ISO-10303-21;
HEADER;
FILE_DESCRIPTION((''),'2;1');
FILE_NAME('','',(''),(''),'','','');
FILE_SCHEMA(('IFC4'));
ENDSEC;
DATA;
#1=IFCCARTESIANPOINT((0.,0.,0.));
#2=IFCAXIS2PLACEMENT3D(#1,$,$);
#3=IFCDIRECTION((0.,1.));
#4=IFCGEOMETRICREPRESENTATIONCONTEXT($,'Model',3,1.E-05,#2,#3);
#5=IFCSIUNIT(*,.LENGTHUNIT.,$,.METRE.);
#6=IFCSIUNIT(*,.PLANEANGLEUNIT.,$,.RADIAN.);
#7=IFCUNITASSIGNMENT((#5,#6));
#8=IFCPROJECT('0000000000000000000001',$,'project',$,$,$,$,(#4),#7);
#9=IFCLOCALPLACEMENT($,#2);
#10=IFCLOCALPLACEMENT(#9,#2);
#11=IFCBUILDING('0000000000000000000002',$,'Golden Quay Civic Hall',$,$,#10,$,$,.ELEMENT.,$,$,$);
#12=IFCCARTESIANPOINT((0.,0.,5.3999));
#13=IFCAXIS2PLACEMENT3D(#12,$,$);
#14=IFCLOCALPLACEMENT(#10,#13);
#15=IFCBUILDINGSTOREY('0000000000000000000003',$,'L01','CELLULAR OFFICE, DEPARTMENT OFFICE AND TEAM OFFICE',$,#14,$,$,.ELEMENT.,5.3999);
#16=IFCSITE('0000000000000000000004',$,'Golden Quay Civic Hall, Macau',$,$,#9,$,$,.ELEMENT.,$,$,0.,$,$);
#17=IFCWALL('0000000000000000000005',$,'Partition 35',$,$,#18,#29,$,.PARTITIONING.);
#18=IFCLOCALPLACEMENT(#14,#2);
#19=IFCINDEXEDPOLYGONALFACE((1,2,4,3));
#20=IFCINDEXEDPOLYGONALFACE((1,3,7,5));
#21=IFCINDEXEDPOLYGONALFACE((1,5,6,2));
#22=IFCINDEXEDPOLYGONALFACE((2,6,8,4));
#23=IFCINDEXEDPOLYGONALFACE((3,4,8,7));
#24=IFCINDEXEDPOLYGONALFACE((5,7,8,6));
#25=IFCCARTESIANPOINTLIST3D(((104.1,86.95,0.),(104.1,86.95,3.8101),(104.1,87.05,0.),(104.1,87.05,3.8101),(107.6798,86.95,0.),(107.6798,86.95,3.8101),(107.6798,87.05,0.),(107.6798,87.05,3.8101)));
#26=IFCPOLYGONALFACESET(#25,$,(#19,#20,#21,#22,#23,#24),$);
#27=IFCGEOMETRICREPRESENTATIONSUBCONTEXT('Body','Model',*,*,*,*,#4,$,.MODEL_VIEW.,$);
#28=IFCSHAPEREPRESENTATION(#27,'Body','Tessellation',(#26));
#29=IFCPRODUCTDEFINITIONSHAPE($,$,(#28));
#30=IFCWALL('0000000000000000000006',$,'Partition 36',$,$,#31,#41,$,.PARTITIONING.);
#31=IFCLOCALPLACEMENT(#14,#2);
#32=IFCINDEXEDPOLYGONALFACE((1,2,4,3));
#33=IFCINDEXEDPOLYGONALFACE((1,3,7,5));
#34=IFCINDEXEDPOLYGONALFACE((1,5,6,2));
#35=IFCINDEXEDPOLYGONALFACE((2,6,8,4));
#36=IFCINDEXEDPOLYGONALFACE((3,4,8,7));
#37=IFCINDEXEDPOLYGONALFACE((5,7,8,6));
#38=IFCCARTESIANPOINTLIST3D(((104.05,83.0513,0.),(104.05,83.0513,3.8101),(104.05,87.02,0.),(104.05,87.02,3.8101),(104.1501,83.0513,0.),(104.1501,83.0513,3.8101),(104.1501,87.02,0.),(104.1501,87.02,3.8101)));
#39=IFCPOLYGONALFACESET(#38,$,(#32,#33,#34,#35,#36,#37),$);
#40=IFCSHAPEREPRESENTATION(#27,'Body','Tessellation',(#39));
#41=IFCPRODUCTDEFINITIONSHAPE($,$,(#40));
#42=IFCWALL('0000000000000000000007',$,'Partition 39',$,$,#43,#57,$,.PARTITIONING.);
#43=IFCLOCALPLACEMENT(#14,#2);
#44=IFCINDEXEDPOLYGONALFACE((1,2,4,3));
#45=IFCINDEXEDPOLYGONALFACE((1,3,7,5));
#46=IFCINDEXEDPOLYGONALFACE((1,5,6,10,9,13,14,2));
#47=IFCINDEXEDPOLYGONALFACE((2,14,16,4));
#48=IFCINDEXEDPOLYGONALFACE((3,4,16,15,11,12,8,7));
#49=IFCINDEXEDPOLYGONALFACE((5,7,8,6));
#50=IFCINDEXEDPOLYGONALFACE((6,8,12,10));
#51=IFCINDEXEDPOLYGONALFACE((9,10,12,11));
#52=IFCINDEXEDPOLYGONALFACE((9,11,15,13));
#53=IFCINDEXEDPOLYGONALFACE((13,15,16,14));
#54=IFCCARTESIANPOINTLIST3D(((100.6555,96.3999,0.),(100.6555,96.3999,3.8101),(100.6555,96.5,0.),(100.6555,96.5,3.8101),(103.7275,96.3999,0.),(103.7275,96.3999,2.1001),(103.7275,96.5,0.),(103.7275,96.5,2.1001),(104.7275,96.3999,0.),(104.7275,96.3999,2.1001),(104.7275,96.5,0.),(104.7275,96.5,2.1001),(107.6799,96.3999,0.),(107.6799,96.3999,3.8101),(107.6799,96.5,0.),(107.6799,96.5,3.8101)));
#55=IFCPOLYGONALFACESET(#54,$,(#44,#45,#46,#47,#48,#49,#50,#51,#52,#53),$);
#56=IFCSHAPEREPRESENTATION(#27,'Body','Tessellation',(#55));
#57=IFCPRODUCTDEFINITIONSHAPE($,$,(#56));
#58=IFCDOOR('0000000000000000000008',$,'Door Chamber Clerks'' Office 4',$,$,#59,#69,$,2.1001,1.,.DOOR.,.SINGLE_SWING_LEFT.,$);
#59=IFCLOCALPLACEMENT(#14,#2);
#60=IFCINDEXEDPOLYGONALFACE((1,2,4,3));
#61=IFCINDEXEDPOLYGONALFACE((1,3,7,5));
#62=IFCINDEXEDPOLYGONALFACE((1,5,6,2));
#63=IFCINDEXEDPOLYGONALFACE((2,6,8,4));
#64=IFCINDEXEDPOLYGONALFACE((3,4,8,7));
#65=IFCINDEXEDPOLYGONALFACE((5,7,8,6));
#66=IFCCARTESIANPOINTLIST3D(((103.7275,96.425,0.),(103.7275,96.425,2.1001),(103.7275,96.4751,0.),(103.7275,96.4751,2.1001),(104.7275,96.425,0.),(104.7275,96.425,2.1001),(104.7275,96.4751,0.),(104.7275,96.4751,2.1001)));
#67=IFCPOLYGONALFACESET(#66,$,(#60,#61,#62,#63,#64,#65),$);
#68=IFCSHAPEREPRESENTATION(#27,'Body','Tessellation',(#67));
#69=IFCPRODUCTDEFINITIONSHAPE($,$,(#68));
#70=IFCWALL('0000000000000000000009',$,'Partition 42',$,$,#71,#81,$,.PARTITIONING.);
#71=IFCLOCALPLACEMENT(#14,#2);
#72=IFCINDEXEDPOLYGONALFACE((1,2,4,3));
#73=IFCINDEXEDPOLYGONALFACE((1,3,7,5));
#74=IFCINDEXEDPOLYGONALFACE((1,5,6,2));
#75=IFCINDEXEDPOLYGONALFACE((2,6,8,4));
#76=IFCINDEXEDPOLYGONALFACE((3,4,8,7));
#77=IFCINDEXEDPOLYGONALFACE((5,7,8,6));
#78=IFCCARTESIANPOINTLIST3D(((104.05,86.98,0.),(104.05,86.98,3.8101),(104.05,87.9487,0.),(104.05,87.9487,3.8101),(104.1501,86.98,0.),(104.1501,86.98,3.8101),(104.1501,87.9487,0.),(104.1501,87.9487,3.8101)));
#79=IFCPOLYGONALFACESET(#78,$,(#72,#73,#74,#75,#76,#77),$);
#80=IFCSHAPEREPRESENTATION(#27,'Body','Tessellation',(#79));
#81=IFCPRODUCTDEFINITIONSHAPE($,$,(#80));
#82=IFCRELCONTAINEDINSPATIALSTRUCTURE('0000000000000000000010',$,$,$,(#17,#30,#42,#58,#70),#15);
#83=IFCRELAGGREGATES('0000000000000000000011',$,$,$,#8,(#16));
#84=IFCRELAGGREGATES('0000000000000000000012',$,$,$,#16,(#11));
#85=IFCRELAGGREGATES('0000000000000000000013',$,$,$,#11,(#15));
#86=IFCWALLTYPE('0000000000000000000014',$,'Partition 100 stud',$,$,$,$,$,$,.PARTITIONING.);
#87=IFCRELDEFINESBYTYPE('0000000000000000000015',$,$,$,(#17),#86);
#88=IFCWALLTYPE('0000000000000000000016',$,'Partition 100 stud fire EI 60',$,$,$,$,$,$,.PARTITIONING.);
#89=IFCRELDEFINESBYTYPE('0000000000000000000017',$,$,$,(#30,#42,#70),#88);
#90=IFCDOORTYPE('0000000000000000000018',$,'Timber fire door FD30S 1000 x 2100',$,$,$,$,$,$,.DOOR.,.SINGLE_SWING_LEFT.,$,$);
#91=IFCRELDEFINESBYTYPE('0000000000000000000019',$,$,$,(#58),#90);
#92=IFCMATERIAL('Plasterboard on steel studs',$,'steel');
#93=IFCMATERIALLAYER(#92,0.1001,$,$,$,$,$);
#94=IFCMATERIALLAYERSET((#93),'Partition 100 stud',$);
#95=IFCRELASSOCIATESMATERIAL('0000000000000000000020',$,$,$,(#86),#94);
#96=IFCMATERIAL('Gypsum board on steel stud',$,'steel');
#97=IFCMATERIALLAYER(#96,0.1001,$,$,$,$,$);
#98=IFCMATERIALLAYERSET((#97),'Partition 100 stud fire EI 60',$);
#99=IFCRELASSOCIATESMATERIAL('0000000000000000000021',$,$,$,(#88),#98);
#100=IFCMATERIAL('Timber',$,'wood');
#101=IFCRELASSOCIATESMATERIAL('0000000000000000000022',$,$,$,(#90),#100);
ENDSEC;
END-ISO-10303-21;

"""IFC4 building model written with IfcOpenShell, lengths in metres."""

from ifc_helpers import new_model, si_unit, direction, frame, frame_2d, origin, place, context, subcontext, project, spatial, rectangle, extrude, material, layer, layer_set, type_object, element, fill, save


model = new_model("IFC4")

# Units and contexts
model_context = context("Model", 3, precision=1e-05, world=origin(), true_north=direction((0.0, 1.0)))
body_context = subcontext(model_context, "Body", "Model", "MODEL_VIEW")
ifc_project = project(units=[si_unit("LENGTHUNIT", "METRE"), si_unit("PLANEANGLEUNIT", "RADIAN")], contexts=[model_context])

# Site, building, storey
site_placement = place(None, origin())
site = spatial("IfcSite", under=ifc_project, at=site_placement, Name="Golden Quay Civic Hall, Macau", CompositionType="ELEMENT", RefElevation=0.0)
building_placement = place(site_placement, origin())
building = spatial("IfcBuilding", under=site, at=building_placement, Name="Golden Quay Civic Hall", CompositionType="ELEMENT")
storey_placement = place(building_placement, frame((0.0, 0.0, 5.3999)))
storey = spatial("IfcBuildingStorey", under=building, at=storey_placement, Name="L01", Description="CELLULAR OFFICE, DEPARTMENT OFFICE AND TEAM OFFICE", CompositionType="ELEMENT", Elevation=5.3999)

# Walls
ifc_material_1 = material(Name="Plasterboard on steel studs", Category="steel")
ifc_layer_1 = layer(ifc_material_1, 0.1001)
ifc_layer_set_1 = layer_set([ifc_layer_1], Name="Partition 100 stud")
wall_type_1 = type_object("IfcWallType", Name="Partition 100 stud", PredefinedType="PARTITIONING", material=ifc_layer_set_1)
wall_1_placement = place(storey_placement, frame((107.6799, 87.0, 0.0), z_axis=(0.0, 0.0, 1.0), x_axis=(-1.0, 0.0, 0.0)))
element("IfcWall", 1, at=wall_1_placement, inside=storey, type_object=wall_type_1, Name="Partition 35", PredefinedType="PARTITIONING", context=body_context, shape_type="SweptSolid", body=[
    extrude(rectangle(XDim=3.5798, YDim=0.1001, at=frame_2d((1.79, 0.0))), origin(), (0.0, 0.0, 1.0), 3.8101),
])
ifc_material_2 = material(Name="Gypsum board on steel stud", Category="steel")
ifc_layer_2 = layer(ifc_material_2, 0.1001)
ifc_layer_set_2 = layer_set([ifc_layer_2], Name="Partition 100 stud fire EI 60")
wall_type_2 = type_object("IfcWallType", Name="Partition 100 stud fire EI 60", PredefinedType="PARTITIONING", material=ifc_layer_set_2)
wall_2_placement = place(storey_placement, frame((104.1001, 87.02, 0.0), z_axis=(0.0, 0.0, 1.0), x_axis=(0.0, -1.0, 0.0)))
element("IfcWall", 2, at=wall_2_placement, inside=storey, type_object=wall_type_2, Name="Partition 36", PredefinedType="PARTITIONING", context=body_context, shape_type="SweptSolid", body=[
    extrude(rectangle(XDim=3.9688, YDim=0.1001, at=frame_2d((1.9844, 0.0))), origin(), (0.0, 0.0, 1.0), 3.8101),
])

# Wall, opening, door
wall_3_placement = place(storey_placement, frame((107.6799, 96.45, 0.0), z_axis=(0.0, 0.0, 1.0), x_axis=(-1.0, 0.0, 0.0)))
wall_3 = element("IfcWall", 3, at=wall_3_placement, inside=storey, type_object=wall_type_2, Name="Partition 39", PredefinedType="PARTITIONING", context=body_context, shape_type="SweptSolid", body=[
    extrude(rectangle(XDim=7.0244, YDim=0.1001, at=frame_2d((3.5122, 0.0))), origin(), (0.0, 0.0, 1.0), 3.8101),
])
opening_placement = place(wall_3_placement, frame((2.9524, 0.0, 0.0)))
opening = element("IfcOpeningElement", 4, at=opening_placement, cuts=wall_3, PredefinedType="OPENING", context=body_context, shape_type="SweptSolid", body=[
    extrude(rectangle(XDim=1.0, YDim=2.1001, at=frame_2d((0.5, 1.05))), frame((0.0, 0.0601, 0.0), z_axis=(0.0, -1.0, 0.0), x_axis=(1.0, 0.0, 0.0)), (0.0, 0.0, 1.0), 0.1201),
])
ifc_material_3 = material(Name="Timber", Category="wood")
door_type = type_object("IfcDoorType", Name="Timber fire door FD30S 1000 x 2100", OperationType="SINGLE_SWING_LEFT", PredefinedType="DOOR", material=ifc_material_3)
door_placement = place(opening_placement, origin())
door = element("IfcDoor", 5, at=door_placement, inside=storey, type_object=door_type, Name="Door Chamber Clerks' Office 4", OperationType="SINGLE_SWING_LEFT", OverallHeight=2.1001, OverallWidth=1.0, PredefinedType="DOOR", context=body_context, shape_type="SweptSolid", body=[
    extrude(rectangle(XDim=1.0, YDim=2.1001, at=frame_2d((0.5, 1.05))), frame((0.0, 0.0249, 0.0), z_axis=(0.0, -1.0, 0.0), x_axis=(1.0, 0.0, 0.0)), (0.0, 0.0, 1.0), 0.05),
])
fill(opening, door)

# Wall
wall_4_placement = place(storey_placement, frame((104.1001, 87.9487, 0.0), z_axis=(0.0, 0.0, 1.0), x_axis=(0.0, -1.0, 0.0)))
element("IfcWall", 6, at=wall_4_placement, inside=storey, type_object=wall_type_2, Name="Partition 42", PredefinedType="PARTITIONING", context=body_context, shape_type="SweptSolid", body=[
    extrude(rectangle(XDim=0.9688, YDim=0.1001, at=frame_2d((0.4844, 0.0))), origin(), (0.0, 0.0, 1.0), 3.8101),
])

save(model, "model.ifc")
